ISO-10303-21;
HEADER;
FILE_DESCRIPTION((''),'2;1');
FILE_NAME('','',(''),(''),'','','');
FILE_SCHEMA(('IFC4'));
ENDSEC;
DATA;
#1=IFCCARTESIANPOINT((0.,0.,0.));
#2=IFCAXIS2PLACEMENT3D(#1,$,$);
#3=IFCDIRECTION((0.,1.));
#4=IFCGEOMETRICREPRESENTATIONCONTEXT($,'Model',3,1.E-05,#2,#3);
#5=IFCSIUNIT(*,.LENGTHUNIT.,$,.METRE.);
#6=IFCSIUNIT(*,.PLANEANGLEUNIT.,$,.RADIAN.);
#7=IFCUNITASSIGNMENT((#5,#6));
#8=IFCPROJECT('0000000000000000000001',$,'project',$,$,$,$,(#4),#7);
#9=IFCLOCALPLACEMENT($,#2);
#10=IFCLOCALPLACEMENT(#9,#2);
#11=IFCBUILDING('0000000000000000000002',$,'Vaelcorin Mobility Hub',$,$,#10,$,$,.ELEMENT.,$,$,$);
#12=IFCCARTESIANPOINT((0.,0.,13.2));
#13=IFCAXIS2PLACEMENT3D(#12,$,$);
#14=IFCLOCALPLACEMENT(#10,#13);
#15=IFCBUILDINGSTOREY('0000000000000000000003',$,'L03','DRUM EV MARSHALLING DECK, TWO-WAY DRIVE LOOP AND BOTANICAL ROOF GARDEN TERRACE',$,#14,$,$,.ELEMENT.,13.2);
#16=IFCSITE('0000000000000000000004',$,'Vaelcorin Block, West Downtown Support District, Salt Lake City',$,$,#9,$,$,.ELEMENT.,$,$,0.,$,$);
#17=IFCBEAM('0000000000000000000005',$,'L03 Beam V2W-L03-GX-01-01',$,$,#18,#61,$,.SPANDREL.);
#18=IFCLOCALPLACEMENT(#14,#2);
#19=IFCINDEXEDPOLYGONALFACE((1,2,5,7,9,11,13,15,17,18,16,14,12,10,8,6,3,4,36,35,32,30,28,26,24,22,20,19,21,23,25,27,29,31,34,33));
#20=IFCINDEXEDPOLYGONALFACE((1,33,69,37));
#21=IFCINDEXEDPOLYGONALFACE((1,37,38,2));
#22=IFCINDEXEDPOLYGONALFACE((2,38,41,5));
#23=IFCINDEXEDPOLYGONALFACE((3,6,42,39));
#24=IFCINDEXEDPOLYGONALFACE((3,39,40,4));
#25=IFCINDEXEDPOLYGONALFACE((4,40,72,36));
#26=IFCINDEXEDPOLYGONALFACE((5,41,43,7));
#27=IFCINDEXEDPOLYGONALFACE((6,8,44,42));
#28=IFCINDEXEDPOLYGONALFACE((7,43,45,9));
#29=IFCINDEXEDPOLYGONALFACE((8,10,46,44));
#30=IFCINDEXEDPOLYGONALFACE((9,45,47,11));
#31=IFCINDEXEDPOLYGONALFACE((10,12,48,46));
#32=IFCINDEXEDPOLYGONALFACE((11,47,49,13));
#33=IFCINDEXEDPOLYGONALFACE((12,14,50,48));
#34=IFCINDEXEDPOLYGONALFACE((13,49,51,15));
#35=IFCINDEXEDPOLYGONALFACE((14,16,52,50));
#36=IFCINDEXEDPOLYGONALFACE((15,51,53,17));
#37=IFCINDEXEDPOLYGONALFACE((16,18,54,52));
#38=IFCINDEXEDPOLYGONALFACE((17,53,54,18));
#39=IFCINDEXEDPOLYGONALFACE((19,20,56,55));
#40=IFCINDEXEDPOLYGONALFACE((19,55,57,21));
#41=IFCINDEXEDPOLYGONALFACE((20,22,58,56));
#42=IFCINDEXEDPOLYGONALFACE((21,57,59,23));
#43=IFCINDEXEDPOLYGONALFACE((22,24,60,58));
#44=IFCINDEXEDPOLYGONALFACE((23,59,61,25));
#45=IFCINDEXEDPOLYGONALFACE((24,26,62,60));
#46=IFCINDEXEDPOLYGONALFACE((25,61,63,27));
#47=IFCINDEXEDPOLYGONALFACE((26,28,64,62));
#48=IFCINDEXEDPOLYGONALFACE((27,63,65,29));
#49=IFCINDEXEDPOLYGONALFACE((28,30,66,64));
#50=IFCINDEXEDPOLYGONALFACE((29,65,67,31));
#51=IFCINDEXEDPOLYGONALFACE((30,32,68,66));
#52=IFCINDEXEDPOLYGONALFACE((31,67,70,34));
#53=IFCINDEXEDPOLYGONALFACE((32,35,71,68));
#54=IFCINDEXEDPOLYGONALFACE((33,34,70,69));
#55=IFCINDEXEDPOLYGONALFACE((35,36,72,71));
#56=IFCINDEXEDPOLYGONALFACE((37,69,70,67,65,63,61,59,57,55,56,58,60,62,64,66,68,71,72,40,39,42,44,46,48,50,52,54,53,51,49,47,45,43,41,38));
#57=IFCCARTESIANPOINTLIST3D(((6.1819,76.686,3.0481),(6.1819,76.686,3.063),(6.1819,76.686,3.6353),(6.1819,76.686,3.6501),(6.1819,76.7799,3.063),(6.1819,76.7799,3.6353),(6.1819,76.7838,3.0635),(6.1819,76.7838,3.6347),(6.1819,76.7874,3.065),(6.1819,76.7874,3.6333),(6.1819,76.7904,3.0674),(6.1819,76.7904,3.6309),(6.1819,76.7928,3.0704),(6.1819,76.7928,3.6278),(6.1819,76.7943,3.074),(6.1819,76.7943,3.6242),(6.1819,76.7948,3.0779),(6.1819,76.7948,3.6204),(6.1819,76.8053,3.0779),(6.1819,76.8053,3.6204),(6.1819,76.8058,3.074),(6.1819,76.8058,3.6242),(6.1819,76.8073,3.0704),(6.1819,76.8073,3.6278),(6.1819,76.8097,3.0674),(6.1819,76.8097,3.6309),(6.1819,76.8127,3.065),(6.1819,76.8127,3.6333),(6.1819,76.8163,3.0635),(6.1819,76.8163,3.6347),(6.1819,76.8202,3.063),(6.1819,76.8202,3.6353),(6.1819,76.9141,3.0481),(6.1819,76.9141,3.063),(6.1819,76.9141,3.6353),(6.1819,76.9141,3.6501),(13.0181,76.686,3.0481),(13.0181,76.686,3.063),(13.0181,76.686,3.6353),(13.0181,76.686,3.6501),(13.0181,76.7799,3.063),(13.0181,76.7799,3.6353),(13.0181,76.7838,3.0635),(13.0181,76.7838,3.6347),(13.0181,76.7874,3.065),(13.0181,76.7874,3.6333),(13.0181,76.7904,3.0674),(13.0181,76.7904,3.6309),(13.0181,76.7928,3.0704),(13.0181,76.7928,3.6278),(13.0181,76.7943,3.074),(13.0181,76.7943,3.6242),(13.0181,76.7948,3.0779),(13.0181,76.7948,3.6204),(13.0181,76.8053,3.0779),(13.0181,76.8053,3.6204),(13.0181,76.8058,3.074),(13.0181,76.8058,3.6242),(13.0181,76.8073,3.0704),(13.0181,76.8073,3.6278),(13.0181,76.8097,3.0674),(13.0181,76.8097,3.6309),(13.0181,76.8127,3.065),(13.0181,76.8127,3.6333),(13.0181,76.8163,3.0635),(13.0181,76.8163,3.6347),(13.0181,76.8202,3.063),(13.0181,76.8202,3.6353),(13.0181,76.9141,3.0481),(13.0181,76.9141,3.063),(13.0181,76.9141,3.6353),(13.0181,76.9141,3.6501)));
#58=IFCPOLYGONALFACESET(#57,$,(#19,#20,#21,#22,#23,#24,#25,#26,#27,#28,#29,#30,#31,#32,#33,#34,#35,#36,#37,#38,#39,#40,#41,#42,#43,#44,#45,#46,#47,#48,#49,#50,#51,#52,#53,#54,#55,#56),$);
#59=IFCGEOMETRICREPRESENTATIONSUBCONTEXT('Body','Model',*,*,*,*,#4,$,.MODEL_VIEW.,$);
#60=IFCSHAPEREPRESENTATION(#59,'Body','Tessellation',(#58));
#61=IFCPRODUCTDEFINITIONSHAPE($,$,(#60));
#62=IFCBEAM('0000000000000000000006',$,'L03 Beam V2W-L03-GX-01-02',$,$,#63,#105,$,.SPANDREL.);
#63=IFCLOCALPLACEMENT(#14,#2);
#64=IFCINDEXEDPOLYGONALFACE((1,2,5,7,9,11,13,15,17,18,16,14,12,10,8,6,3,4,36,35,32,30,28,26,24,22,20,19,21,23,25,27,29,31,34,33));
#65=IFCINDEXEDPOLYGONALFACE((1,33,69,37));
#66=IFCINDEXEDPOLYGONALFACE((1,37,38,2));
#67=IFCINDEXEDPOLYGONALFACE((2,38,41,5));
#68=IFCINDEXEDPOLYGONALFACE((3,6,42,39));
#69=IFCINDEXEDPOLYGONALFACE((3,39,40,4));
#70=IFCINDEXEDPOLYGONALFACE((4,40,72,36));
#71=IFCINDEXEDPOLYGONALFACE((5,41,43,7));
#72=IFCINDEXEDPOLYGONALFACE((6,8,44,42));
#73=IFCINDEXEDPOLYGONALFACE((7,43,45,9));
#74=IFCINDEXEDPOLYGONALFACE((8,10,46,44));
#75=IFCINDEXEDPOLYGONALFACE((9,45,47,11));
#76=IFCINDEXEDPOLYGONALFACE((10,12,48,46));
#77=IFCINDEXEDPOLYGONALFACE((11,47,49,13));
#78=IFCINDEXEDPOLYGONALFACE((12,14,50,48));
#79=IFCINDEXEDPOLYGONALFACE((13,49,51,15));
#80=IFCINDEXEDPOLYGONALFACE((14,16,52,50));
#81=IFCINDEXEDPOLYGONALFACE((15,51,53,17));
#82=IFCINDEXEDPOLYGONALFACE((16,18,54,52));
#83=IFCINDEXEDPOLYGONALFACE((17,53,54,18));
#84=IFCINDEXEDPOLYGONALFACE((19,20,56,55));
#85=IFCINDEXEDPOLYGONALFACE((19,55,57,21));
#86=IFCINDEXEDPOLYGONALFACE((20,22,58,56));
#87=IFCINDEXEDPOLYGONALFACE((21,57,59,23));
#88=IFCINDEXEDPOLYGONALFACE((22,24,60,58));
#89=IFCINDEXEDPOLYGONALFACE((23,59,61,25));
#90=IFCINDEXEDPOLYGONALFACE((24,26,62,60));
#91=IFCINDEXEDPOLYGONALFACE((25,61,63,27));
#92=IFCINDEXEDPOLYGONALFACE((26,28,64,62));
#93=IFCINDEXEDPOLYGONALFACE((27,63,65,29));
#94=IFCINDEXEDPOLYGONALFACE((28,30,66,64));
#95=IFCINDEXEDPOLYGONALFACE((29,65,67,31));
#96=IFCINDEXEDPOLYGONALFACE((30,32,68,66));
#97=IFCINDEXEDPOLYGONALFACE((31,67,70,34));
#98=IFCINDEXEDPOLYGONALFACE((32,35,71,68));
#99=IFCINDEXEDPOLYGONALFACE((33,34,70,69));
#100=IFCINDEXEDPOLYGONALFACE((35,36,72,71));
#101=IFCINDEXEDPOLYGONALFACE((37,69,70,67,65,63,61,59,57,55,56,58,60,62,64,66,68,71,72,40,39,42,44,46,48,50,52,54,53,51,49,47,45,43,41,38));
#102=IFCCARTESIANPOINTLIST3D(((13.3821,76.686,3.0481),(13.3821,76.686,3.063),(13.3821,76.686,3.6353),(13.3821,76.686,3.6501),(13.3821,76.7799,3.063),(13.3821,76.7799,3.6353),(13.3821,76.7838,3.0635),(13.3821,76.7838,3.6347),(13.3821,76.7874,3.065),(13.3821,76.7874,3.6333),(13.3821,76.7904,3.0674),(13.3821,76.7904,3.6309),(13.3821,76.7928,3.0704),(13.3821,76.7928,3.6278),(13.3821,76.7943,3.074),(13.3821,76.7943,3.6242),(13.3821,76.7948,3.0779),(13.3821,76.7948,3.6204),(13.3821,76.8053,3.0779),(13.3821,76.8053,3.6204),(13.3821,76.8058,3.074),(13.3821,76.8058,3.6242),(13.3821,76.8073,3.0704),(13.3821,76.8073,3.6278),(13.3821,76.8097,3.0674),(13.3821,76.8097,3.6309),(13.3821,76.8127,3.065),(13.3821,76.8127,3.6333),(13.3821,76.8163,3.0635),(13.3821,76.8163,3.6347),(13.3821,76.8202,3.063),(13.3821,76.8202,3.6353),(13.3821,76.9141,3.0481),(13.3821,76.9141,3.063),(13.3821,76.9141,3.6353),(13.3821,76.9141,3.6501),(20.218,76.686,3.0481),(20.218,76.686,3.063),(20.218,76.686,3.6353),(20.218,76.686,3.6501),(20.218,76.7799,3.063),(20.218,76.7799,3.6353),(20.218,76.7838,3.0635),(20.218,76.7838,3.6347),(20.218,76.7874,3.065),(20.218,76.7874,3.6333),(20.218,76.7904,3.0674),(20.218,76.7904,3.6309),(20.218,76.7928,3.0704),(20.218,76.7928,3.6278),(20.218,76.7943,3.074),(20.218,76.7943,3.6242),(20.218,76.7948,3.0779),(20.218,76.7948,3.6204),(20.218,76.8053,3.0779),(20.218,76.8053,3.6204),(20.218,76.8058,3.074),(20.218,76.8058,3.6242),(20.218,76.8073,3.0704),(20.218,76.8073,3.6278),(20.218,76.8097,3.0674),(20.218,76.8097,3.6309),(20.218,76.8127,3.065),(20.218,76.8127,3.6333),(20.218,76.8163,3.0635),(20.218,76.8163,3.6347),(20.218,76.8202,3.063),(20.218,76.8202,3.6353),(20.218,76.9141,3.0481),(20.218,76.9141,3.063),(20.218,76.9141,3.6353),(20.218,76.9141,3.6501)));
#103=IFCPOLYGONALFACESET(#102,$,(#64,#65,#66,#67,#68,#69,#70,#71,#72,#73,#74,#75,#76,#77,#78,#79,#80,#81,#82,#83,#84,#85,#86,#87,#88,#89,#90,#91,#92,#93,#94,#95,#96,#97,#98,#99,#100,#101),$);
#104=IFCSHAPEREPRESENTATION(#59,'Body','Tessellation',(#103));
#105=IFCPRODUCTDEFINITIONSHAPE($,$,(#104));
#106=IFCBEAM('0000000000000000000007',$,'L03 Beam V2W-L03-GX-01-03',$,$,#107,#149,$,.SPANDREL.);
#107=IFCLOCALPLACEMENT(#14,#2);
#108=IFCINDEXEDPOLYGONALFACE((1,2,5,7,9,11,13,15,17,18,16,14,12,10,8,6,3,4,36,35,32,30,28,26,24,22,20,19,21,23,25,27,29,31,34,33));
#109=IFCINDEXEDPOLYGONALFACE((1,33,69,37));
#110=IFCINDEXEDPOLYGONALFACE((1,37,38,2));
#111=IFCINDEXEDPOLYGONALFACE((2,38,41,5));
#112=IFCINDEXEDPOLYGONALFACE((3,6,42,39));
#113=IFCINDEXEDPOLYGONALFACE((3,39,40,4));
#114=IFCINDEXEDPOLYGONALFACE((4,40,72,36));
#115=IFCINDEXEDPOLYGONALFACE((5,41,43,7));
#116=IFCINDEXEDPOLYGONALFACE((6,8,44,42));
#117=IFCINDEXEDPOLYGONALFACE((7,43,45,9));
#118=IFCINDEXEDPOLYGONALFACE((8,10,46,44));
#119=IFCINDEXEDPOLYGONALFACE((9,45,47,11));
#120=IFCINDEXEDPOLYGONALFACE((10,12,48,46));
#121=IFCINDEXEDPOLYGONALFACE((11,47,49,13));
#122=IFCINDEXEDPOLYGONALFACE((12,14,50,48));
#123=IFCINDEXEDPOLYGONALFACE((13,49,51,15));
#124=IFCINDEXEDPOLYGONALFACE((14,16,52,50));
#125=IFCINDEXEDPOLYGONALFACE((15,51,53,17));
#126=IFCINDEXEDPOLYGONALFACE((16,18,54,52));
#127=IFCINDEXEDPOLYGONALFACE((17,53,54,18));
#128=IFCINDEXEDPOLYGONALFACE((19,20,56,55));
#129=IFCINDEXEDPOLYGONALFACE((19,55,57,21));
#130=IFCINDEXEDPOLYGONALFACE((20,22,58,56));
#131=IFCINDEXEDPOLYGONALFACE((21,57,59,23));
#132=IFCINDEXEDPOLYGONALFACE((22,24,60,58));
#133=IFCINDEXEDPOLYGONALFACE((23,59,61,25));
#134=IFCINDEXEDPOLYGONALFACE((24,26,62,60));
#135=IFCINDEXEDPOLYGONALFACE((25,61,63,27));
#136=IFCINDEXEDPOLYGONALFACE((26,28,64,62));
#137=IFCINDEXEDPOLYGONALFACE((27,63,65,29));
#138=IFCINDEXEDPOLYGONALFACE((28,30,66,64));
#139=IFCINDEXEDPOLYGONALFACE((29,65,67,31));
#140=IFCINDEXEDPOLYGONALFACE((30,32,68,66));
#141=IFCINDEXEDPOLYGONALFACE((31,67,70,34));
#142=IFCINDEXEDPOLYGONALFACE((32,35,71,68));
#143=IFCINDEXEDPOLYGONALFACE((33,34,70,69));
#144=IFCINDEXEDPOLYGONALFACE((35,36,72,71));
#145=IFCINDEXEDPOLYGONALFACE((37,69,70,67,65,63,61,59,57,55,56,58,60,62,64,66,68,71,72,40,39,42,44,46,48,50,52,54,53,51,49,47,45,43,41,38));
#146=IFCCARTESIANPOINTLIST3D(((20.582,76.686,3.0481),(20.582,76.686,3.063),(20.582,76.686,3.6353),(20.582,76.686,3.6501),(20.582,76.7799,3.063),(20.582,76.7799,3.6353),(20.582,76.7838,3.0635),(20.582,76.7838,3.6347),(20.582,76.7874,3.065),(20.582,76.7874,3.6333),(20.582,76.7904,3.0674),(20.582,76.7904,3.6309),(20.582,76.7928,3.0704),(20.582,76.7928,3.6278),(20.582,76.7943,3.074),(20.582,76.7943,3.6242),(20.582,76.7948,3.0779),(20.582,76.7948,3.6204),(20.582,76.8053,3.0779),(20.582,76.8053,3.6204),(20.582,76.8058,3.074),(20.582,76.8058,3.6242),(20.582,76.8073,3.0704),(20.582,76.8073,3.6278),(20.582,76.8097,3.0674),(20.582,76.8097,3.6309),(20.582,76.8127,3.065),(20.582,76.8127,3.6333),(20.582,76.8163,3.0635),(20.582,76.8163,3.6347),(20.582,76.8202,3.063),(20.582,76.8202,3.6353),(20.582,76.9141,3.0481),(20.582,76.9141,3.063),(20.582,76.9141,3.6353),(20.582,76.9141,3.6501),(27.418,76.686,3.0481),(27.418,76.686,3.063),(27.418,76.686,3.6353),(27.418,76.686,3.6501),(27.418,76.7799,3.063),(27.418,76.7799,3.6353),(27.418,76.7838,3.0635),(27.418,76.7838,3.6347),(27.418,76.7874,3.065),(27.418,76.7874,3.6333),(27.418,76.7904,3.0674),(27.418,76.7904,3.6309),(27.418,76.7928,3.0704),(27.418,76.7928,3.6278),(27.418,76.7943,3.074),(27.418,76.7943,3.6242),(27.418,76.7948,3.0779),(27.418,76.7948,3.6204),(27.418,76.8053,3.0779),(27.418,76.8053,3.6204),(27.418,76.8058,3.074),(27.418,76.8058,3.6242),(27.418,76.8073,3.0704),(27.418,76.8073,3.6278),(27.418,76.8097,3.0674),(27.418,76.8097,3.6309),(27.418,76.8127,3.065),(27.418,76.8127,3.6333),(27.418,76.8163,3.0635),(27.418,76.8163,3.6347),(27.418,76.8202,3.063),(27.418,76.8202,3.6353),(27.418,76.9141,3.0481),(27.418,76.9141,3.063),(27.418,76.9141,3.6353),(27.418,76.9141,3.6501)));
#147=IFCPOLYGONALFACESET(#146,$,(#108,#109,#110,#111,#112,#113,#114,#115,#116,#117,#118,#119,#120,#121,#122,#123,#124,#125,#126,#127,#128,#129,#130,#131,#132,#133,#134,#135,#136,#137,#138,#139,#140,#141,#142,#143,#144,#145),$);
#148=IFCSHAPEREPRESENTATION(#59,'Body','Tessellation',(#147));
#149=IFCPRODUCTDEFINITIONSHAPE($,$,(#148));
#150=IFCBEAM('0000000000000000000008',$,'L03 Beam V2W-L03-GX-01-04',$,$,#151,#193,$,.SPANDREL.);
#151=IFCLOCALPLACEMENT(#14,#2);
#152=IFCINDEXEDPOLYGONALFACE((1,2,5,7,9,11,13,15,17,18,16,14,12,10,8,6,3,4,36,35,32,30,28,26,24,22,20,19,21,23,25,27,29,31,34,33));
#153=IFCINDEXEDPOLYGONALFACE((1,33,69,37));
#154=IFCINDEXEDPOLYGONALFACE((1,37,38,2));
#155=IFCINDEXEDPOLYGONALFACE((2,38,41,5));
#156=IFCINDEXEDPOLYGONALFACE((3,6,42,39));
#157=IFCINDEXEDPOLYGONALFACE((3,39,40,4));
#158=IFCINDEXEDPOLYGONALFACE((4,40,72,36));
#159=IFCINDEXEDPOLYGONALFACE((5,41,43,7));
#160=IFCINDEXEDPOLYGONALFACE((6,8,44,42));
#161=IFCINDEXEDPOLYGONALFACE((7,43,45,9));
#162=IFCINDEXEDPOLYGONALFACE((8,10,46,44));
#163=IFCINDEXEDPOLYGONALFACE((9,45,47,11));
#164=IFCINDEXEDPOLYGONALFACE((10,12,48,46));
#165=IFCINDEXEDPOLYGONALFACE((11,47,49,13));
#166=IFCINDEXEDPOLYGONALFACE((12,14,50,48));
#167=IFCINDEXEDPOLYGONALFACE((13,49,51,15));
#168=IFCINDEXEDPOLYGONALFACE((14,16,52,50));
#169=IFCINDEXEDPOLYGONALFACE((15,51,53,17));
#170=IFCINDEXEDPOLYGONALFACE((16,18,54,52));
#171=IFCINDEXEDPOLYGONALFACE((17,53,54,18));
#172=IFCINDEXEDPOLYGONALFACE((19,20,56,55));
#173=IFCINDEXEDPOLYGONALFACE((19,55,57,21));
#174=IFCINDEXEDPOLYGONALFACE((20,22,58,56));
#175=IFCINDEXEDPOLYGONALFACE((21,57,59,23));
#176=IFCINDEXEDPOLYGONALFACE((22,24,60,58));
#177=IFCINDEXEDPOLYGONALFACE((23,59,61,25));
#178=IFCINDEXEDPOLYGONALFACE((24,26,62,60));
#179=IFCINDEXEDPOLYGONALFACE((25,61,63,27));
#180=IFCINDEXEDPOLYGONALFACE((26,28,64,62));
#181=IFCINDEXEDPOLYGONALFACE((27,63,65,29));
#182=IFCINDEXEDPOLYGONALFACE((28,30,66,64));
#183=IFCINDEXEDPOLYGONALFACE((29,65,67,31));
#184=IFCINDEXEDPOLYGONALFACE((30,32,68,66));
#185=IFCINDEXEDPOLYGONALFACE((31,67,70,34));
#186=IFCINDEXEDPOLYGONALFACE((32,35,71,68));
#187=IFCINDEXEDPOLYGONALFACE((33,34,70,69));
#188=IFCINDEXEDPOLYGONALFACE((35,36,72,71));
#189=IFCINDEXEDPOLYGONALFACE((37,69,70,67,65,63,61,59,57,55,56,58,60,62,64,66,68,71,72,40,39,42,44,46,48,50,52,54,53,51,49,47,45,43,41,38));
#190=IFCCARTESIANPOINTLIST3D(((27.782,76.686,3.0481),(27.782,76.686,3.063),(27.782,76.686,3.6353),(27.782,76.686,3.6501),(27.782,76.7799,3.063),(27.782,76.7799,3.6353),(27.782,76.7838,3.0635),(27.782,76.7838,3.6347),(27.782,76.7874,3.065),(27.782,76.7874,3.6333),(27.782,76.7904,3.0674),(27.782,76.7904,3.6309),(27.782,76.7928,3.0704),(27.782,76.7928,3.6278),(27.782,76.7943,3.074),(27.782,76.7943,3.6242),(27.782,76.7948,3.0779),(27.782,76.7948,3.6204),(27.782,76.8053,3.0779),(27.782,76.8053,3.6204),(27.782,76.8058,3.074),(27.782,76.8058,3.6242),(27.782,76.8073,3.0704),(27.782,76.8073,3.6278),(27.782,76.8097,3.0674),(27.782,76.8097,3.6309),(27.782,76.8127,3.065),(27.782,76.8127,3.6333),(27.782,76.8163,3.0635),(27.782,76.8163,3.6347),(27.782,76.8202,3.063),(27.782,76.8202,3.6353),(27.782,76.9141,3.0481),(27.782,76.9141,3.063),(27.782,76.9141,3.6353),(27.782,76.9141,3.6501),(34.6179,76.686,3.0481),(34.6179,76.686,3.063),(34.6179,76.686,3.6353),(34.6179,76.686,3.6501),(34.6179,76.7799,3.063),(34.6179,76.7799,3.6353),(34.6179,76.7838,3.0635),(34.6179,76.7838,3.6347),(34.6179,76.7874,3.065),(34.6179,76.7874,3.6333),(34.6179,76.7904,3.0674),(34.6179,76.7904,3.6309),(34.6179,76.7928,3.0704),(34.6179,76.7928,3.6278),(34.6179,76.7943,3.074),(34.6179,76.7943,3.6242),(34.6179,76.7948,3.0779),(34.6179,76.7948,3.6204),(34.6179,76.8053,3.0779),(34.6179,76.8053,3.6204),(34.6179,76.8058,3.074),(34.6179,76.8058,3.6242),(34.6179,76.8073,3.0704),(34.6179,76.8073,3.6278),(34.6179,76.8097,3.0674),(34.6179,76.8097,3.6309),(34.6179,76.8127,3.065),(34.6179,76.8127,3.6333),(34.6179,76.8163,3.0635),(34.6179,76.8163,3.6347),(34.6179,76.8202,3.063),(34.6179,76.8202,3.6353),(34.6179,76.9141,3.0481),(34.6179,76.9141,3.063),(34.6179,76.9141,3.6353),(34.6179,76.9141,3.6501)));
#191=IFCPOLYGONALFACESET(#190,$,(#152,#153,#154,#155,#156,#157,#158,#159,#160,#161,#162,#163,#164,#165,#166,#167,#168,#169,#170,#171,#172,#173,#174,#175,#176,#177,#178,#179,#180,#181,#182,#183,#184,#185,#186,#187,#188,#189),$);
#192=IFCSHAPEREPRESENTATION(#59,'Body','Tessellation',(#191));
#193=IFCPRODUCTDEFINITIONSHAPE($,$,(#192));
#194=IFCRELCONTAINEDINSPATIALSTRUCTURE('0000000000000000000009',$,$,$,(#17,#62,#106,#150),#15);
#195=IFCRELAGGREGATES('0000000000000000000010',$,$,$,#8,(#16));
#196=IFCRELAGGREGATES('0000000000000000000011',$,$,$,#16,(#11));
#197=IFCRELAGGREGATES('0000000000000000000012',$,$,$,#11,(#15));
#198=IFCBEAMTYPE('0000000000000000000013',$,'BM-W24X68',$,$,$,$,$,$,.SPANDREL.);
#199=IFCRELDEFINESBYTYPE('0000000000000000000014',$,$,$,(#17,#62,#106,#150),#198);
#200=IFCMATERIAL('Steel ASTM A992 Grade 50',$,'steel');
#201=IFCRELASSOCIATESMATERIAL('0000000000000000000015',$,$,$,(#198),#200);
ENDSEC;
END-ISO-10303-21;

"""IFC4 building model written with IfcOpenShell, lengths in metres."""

from ifc_helpers import new_model, si_unit, direction, frame, origin, origin_2d, place, context, subcontext, project, spatial, i_section, extrude, material, material_profile, profile_set, type_object, element, save


model = new_model("IFC4")

# Units and contexts
model_context = context("Model", 3, precision=1e-05, world=origin(), true_north=direction((0.0, 1.0)))
body_context = subcontext(model_context, "Body", "Model", "MODEL_VIEW")
ifc_project = project(units=[si_unit("LENGTHUNIT", "METRE"), si_unit("PLANEANGLEUNIT", "RADIAN")], contexts=[model_context])

# Site, building, storey
site_placement = place(None, origin())
site = spatial("IfcSite", under=ifc_project, at=site_placement, Name="Vaelcorin Block, West Downtown Support District, Salt Lake City", CompositionType="ELEMENT", RefElevation=0.0)
building_placement = place(site_placement, origin())
building = spatial("IfcBuilding", under=site, at=building_placement, Name="Vaelcorin Mobility Hub", CompositionType="ELEMENT")
storey_placement = place(building_placement, frame((0.0, 0.0, 13.2)))
storey = spatial("IfcBuildingStorey", under=building, at=storey_placement, Name="L03", Description="DRUM EV MARSHALLING DECK, TWO-WAY DRIVE LOOP AND BOTANICAL ROOF GARDEN TERRACE", CompositionType="ELEMENT", Elevation=13.2)

# Shared definitions
ifc_material_1 = material(Name="Steel ASTM A992 Grade 50", Category="steel")

# Beams
ifc_material_profile_1 = material_profile(ifc_material_1, i_section(OverallWidth=0.228, OverallDepth=0.6021, WebThickness=0.0105, FlangeThickness=0.0149, FilletRadius=0.0149, at=origin_2d()), Name="W24X68")
ifc_profile_set_1 = profile_set([ifc_material_profile_1], Name="Steel ASTM A992 Grade 50")
beam_type_1 = type_object("IfcBeamType", Name="BM-W24X68", PredefinedType="SPANDREL", material=ifc_profile_set_1)
beam_1_placement = place(storey_placement, frame((6.1819, 76.8, 3.3491), z_axis=(1.0, 0.0, 0.0), x_axis=(0.0, 1.0, 0.0)))
element("IfcBeam", 1, at=beam_1_placement, inside=storey, type_object=beam_type_1, Name="L03 Beam V2W-L03-GX-01-01", PredefinedType="SPANDREL", context=body_context, shape_type="SweptSolid", body=[
    extrude(i_section(OverallWidth=0.228, OverallDepth=0.6021, WebThickness=0.0105, FlangeThickness=0.0149, FilletRadius=0.0149, at=origin_2d()), origin(), (0.0, 0.0, 1.0), 6.8362),
])
for number, where, z_axis, x_axis, name in (
    (2, (13.3821, 76.8, 3.3491), (1.0, 0.0, 0.0), (0.0, 1.0, 0.0), "L03 Beam V2W-L03-GX-01-02"),
    (3, (20.582, 76.8, 3.3491), (1.0, 0.0, 0.0), (0.0, 1.0, 0.0), "L03 Beam V2W-L03-GX-01-03"),
    (4, (27.782, 76.8, 3.3491), (1.0, 0.0, 0.0), (0.0, 1.0, 0.0), "L03 Beam V2W-L03-GX-01-04"),
):
    element("IfcBeam", number, at=place(storey_placement, frame(where, z_axis=z_axis, x_axis=x_axis)), inside=storey, type_object=beam_type_1, Name=name, PredefinedType="SPANDREL", context=body_context, shape_type="SweptSolid", body=[
        extrude(i_section(OverallWidth=0.228, OverallDepth=0.6021, WebThickness=0.0105, FlangeThickness=0.0149, FilletRadius=0.0149, at=origin_2d()), origin(), (0.0, 0.0, 1.0), 6.8359),
    ])

save(model, "model.ifc")
